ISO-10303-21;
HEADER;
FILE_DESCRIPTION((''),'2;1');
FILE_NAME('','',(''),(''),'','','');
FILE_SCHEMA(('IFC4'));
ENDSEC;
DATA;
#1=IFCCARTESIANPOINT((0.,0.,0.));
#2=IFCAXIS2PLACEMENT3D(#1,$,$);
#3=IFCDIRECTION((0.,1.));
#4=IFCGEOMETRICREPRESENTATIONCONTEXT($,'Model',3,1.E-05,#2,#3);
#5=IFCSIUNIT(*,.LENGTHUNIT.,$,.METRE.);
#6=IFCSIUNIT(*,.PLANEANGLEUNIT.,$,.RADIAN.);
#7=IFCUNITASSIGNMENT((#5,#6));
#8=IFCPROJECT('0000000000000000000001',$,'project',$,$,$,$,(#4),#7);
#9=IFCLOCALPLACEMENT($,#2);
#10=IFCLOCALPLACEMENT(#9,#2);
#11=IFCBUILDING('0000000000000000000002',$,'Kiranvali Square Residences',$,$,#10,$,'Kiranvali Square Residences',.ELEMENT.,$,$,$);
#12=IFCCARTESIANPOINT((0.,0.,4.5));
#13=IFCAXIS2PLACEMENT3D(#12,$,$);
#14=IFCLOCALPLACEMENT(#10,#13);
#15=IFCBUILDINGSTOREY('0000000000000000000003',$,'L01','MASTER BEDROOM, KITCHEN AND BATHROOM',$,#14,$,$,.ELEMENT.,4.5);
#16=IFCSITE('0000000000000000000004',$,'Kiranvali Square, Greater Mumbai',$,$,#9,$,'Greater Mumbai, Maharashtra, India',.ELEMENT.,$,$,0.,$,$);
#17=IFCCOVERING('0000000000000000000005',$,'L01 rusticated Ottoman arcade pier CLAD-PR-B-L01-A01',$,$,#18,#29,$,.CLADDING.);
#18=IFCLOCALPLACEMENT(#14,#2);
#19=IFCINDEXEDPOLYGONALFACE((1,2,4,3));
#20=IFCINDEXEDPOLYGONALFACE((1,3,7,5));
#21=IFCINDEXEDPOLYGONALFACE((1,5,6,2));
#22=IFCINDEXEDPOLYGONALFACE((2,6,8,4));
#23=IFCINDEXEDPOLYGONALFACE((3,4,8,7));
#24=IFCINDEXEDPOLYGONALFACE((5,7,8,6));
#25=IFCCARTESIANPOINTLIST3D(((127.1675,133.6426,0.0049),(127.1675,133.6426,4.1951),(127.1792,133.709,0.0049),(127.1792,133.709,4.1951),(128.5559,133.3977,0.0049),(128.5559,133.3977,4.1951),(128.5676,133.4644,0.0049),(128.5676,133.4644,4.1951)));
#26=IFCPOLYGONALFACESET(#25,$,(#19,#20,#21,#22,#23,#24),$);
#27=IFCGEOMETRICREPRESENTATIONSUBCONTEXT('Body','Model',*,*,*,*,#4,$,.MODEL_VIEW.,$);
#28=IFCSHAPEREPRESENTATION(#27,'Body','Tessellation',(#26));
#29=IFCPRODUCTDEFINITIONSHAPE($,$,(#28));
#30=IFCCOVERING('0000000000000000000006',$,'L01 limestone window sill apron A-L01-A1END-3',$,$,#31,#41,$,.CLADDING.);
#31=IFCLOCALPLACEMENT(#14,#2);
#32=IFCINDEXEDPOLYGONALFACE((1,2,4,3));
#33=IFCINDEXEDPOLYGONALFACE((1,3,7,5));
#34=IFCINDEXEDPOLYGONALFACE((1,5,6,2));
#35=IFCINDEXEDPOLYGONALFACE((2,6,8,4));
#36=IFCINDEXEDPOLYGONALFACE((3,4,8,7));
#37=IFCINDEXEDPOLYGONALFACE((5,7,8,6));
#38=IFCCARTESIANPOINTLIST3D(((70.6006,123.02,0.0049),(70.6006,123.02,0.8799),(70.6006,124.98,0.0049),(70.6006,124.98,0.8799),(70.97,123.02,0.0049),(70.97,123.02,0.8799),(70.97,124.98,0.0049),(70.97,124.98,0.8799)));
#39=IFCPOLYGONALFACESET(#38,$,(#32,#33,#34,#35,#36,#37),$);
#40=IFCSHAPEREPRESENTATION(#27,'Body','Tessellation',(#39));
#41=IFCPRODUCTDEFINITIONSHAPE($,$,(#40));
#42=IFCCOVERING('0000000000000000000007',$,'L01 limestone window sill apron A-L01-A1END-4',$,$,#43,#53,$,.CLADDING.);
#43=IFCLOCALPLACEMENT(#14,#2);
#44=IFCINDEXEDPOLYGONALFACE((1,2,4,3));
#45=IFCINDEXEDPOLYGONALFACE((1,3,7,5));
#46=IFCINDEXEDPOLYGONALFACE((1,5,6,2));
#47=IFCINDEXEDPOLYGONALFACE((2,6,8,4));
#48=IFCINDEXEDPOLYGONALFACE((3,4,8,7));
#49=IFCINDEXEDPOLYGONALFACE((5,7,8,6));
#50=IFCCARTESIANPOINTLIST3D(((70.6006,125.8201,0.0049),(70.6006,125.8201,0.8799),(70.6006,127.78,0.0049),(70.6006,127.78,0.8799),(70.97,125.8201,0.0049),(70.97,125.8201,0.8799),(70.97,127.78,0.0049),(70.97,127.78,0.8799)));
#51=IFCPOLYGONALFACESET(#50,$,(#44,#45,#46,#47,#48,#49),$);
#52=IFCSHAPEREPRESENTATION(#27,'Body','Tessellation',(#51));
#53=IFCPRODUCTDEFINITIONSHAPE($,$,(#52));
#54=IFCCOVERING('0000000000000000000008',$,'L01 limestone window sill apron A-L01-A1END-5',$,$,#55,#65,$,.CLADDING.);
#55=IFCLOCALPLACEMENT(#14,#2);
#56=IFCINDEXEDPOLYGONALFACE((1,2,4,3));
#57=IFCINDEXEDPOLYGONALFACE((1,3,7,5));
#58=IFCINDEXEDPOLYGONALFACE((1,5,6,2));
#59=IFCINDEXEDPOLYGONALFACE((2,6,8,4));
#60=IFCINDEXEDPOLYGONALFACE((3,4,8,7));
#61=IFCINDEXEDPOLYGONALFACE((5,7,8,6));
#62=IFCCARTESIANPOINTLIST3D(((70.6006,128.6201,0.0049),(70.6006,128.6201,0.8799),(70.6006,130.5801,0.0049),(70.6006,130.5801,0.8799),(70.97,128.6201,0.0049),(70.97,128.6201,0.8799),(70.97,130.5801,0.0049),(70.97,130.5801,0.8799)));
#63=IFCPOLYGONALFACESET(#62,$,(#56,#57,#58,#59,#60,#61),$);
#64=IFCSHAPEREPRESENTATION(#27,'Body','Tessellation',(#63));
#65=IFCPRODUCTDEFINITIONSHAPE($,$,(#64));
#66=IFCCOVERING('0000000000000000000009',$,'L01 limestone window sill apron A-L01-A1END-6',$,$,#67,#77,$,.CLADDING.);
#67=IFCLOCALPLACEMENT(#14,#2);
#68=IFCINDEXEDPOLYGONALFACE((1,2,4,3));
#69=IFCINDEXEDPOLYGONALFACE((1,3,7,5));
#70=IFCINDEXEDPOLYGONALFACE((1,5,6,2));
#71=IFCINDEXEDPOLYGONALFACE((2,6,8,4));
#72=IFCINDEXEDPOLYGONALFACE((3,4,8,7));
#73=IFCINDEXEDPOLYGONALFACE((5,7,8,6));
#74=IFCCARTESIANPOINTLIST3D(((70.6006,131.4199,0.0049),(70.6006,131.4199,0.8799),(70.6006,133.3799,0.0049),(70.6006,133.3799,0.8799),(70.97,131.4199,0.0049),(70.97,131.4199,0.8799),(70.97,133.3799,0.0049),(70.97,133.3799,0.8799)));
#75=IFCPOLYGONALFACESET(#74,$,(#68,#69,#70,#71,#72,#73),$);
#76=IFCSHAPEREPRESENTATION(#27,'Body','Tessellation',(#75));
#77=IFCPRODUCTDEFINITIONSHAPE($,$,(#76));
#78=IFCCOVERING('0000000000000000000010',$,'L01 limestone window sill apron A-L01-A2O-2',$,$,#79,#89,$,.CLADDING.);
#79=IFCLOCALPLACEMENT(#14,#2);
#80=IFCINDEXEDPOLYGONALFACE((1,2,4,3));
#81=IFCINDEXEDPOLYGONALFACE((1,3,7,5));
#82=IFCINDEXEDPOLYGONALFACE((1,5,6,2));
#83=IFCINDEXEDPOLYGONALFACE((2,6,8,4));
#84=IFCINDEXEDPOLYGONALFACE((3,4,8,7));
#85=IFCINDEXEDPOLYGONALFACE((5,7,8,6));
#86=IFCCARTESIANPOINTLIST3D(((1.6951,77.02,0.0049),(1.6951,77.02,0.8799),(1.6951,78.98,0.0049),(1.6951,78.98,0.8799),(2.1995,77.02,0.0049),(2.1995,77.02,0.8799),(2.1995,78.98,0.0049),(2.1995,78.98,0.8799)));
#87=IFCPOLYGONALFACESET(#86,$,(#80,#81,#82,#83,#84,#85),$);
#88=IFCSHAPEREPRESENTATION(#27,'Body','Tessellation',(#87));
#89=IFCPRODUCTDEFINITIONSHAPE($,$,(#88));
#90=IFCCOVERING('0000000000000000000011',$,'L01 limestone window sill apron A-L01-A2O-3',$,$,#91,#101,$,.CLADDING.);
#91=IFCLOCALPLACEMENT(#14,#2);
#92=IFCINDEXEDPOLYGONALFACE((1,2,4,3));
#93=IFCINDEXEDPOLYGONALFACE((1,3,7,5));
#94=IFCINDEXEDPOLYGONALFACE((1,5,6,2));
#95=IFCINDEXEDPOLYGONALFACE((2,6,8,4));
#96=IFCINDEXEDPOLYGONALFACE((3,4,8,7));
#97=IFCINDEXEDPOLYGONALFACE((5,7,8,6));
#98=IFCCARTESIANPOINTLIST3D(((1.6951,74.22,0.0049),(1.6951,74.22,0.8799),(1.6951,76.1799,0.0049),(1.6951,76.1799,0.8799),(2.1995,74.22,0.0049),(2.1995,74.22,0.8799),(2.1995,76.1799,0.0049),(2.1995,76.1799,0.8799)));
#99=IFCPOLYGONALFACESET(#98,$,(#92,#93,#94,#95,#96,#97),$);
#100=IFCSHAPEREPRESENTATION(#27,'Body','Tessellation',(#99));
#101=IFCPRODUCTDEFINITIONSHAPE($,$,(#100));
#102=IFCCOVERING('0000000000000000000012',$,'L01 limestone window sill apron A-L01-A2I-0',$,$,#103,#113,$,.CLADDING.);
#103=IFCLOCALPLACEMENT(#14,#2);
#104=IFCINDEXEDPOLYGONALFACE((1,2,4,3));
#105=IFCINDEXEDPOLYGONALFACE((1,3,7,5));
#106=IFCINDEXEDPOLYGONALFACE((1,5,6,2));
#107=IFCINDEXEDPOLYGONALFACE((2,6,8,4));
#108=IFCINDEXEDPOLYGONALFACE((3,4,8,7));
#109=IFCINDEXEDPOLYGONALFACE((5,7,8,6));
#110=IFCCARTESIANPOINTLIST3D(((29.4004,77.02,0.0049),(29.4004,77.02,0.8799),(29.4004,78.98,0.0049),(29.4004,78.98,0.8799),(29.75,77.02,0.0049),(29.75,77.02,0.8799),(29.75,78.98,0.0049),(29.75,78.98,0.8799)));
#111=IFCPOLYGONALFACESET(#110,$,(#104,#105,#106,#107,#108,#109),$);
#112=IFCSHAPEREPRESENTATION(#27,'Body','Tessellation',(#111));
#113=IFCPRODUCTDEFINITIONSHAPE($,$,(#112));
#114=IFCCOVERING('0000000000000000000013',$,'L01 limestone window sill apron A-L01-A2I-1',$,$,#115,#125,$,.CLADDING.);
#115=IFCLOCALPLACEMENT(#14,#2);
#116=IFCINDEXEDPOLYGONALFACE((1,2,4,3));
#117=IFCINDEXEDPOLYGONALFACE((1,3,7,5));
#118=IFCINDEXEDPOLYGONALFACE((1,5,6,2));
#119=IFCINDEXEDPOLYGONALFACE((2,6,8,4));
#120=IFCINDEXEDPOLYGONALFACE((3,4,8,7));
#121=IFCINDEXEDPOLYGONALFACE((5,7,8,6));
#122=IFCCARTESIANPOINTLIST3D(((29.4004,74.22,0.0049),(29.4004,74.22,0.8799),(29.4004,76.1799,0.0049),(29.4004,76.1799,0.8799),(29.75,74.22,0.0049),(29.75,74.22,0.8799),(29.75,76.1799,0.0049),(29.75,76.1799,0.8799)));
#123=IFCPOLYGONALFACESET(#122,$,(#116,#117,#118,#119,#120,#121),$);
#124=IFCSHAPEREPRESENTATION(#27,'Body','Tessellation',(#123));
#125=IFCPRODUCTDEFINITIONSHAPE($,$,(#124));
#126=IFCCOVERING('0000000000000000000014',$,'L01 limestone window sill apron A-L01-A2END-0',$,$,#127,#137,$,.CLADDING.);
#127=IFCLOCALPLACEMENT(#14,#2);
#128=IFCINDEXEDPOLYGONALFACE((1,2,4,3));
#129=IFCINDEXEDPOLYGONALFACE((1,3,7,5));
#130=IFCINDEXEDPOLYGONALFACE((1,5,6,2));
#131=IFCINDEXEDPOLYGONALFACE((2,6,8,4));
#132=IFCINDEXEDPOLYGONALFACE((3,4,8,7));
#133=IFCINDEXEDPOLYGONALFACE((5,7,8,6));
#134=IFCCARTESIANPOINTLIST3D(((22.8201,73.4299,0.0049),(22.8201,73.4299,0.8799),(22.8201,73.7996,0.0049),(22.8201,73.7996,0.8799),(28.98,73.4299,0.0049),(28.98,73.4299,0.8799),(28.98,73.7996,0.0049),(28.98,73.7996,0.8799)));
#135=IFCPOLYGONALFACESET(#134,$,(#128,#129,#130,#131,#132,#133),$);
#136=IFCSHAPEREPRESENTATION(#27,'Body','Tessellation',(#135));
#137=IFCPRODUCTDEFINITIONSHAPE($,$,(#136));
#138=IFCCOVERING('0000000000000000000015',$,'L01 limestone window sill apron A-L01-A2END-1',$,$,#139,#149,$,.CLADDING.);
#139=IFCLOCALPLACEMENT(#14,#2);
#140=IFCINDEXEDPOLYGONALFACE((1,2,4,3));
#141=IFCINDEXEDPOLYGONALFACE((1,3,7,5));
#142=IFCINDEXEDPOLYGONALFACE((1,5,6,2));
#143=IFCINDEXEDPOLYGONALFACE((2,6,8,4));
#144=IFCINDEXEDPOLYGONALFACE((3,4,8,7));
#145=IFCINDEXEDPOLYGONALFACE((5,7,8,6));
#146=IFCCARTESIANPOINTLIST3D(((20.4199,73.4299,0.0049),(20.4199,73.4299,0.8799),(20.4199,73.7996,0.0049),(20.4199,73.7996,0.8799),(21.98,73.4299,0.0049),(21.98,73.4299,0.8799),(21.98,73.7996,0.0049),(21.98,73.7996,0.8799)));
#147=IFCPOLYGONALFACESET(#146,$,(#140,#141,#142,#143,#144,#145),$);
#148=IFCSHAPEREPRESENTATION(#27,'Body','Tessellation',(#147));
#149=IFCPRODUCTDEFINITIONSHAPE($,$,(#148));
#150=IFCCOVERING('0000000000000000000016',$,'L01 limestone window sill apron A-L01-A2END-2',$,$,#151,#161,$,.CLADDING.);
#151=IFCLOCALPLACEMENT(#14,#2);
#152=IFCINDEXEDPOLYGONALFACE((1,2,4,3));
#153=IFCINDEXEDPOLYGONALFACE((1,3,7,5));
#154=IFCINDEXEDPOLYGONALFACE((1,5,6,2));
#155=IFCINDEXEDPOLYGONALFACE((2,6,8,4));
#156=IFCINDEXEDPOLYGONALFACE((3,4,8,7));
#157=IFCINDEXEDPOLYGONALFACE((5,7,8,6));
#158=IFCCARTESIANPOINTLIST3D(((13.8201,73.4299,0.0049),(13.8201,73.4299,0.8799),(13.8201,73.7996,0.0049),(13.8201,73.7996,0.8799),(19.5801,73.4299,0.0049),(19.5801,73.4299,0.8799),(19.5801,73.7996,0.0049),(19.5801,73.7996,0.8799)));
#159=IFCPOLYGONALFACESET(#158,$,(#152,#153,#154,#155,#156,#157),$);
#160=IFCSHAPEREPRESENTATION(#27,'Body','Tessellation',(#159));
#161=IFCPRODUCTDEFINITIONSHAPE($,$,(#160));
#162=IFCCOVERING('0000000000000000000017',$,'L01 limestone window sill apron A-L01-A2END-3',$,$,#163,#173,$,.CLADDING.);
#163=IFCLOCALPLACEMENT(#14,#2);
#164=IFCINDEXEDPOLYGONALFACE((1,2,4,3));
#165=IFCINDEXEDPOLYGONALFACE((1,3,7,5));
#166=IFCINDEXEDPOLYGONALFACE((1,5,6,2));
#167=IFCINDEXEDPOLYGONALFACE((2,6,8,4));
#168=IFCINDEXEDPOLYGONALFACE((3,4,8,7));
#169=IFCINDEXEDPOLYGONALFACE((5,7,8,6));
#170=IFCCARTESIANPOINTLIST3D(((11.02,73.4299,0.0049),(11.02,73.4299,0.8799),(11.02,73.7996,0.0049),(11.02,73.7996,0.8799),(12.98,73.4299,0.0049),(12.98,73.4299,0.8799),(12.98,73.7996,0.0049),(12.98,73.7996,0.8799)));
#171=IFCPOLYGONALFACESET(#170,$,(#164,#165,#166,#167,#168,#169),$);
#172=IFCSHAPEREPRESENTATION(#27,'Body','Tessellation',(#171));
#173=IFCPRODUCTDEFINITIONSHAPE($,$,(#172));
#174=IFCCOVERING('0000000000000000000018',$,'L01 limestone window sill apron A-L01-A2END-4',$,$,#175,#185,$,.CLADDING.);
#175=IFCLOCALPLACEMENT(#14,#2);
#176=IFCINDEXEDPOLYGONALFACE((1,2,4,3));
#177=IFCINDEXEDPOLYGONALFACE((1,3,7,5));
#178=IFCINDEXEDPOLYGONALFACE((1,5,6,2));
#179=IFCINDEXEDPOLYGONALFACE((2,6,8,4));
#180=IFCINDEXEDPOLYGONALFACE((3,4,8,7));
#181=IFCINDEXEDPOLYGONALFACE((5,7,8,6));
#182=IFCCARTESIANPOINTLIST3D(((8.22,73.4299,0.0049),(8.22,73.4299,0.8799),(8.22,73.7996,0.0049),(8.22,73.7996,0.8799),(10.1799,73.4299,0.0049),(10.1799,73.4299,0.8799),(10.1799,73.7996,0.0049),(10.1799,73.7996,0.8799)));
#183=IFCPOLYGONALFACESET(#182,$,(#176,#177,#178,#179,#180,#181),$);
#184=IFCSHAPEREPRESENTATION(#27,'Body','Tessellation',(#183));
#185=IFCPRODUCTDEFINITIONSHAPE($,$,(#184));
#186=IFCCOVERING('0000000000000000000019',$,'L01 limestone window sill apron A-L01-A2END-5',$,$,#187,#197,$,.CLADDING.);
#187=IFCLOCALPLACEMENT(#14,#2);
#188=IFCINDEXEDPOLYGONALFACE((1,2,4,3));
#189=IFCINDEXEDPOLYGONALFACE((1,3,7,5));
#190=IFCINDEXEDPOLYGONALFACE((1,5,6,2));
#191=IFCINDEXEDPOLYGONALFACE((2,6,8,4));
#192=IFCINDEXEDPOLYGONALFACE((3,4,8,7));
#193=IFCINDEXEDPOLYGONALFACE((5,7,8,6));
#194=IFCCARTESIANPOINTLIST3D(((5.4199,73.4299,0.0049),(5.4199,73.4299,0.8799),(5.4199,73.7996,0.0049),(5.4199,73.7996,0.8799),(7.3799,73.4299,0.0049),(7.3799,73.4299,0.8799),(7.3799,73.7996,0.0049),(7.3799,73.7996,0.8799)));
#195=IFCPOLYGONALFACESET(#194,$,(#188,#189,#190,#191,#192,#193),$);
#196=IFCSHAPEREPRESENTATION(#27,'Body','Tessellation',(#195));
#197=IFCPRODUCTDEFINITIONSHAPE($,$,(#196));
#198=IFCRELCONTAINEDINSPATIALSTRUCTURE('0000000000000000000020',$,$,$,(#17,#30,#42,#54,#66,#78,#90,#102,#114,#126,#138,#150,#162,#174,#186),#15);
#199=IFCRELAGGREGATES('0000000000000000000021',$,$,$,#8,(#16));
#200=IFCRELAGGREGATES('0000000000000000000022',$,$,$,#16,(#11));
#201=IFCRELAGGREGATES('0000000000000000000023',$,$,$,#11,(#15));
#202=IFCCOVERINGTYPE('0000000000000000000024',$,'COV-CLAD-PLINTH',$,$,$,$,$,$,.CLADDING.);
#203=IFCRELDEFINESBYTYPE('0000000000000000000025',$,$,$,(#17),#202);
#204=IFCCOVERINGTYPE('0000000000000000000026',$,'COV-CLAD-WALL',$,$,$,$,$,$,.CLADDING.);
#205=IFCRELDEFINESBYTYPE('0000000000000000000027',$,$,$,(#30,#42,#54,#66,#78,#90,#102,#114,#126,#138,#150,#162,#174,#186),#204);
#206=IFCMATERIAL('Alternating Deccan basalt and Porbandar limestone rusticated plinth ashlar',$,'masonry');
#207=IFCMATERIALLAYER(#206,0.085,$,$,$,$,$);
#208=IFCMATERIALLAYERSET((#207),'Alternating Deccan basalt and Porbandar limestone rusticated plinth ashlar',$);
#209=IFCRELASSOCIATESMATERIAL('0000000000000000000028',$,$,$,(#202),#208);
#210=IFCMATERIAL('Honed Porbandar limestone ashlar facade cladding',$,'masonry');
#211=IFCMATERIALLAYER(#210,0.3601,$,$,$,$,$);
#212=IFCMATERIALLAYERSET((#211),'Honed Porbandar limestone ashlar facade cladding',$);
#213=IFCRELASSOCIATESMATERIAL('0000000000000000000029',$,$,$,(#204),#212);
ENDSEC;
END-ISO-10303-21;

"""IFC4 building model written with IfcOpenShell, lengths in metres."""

from ifc_helpers import new_model, si_unit, direction, frame, origin, place, context, subcontext, project, spatial, polyline, outline, extrude, material, layer, layer_set, type_object, element, save


model = new_model("IFC4")

# Units and contexts
model_context = context("Model", 3, precision=1e-05, world=origin(), true_north=direction((0.0, 1.0)))
body_context = subcontext(model_context, "Body", "Model", "MODEL_VIEW")
ifc_project = project(units=[si_unit("LENGTHUNIT", "METRE"), si_unit("PLANEANGLEUNIT", "RADIAN")], contexts=[model_context])

# Site, building, storey
site_placement = place(None, origin())
site = spatial("IfcSite", under=ifc_project, at=site_placement, Name="Kiranvali Square, Greater Mumbai", LongName="Greater Mumbai, Maharashtra, India", CompositionType="ELEMENT", RefElevation=0.0)
building_placement = place(site_placement, origin())
building = spatial("IfcBuilding", under=site, at=building_placement, Name="Kiranvali Square Residences", LongName="Kiranvali Square Residences", CompositionType="ELEMENT")
storey_placement = place(building_placement, frame((0.0, 0.0, 4.5)))
storey = spatial("IfcBuildingStorey", under=building, at=storey_placement, Name="L01", Description="MASTER BEDROOM, KITCHEN AND BATHROOM", CompositionType="ELEMENT", Elevation=4.5)

# Coverings
ifc_material_1 = material(Name="Honed Porbandar limestone ashlar facade cladding", Category="masonry")
ifc_material_2 = material(Name="Alternating Deccan basalt and Porbandar limestone rusticated plinth ashlar", Category="masonry")
ifc_layer_1 = layer(ifc_material_2, 0.085)
ifc_layer_set_1 = layer_set([ifc_layer_1], Name="Alternating Deccan basalt and Porbandar limestone rusticated plinth ashlar")
covering_type_1 = type_object("IfcCoveringType", Name="COV-CLAD-PLINTH", PredefinedType="CLADDING", material=ifc_layer_set_1)
covering_1_placement = place(storey_placement, frame((0.0, 0.0, 0.0049)))
element("IfcCovering", 1, at=covering_1_placement, inside=storey, type_object=covering_type_1, Name="L01 rusticated Ottoman arcade pier CLAD-PR-B-L01-A01", PredefinedType="CLADDING", context=body_context, shape_type="SweptSolid", body=[
    extrude(outline(polyline([(128.5676, 133.4644), (127.1792, 133.709), (127.1675, 133.6426), (128.5559, 133.3977), (128.5676, 133.4644)])), origin(), (0.0, 0.0, 1.0), 4.1902),
])
ifc_layer_2 = layer(ifc_material_1, 0.3601)
ifc_layer_set_2 = layer_set([ifc_layer_2], Name="Honed Porbandar limestone ashlar facade cladding")
covering_type_2 = type_object("IfcCoveringType", Name="COV-CLAD-WALL", PredefinedType="CLADDING", material=ifc_layer_set_2)
covering_2_placement = place(storey_placement, frame((0.0, 0.0, 0.0049)))
element("IfcCovering", 2, at=covering_2_placement, inside=storey, type_object=covering_type_2, Name="L01 limestone window sill apron A-L01-A1END-3", PredefinedType="CLADDING", context=body_context, shape_type="SweptSolid", body=[
    extrude(outline(polyline([(70.97, 123.02), (70.97, 124.98), (70.6006, 124.98), (70.6006, 123.02), (70.97, 123.02)])), origin(), (0.0, 0.0, 1.0), 0.875),
])
covering_3_placement = place(storey_placement, frame((0.0, 0.0, 0.0049)))
element("IfcCovering", 3, at=covering_3_placement, inside=storey, type_object=covering_type_2, Name="L01 limestone window sill apron A-L01-A1END-4", PredefinedType="CLADDING", context=body_context, shape_type="SweptSolid", body=[
    extrude(outline(polyline([(70.97, 125.8201), (70.97, 127.78), (70.6006, 127.78), (70.6006, 125.8201), (70.97, 125.8201)])), origin(), (0.0, 0.0, 1.0), 0.875),
])
covering_4_placement = place(storey_placement, frame((0.0, 0.0, 0.0049)))
element("IfcCovering", 4, at=covering_4_placement, inside=storey, type_object=covering_type_2, Name="L01 limestone window sill apron A-L01-A1END-5", PredefinedType="CLADDING", context=body_context, shape_type="SweptSolid", body=[
    extrude(outline(polyline([(70.97, 128.6201), (70.97, 130.5801), (70.6006, 130.5801), (70.6006, 128.6201), (70.97, 128.6201)])), origin(), (0.0, 0.0, 1.0), 0.875),
])
covering_5_placement = place(storey_placement, frame((0.0, 0.0, 0.0049)))
element("IfcCovering", 5, at=covering_5_placement, inside=storey, type_object=covering_type_2, Name="L01 limestone window sill apron A-L01-A1END-6", PredefinedType="CLADDING", context=body_context, shape_type="SweptSolid", body=[
    extrude(outline(polyline([(70.97, 131.4199), (70.97, 133.3799), (70.6006, 133.3799), (70.6006, 131.4199), (70.97, 131.4199)])), origin(), (0.0, 0.0, 1.0), 0.875),
])
covering_6_placement = place(storey_placement, frame((0.0, 0.0, 0.0049)))
element("IfcCovering", 6, at=covering_6_placement, inside=storey, type_object=covering_type_2, Name="L01 limestone window sill apron A-L01-A2O-2", PredefinedType="CLADDING", context=body_context, shape_type="SweptSolid", body=[
    extrude(outline(polyline([(1.6951, 78.98), (1.6951, 77.02), (2.1995, 77.02), (2.1995, 78.98), (1.6951, 78.98)])), origin(), (0.0, 0.0, 1.0), 0.875),
])
covering_7_placement = place(storey_placement, frame((0.0, 0.0, 0.0049)))
element("IfcCovering", 7, at=covering_7_placement, inside=storey, type_object=covering_type_2, Name="L01 limestone window sill apron A-L01-A2O-3", PredefinedType="CLADDING", context=body_context, shape_type="SweptSolid", body=[
    extrude(outline(polyline([(1.6951, 76.1799), (1.6951, 74.22), (2.1995, 74.22), (2.1995, 76.1799), (1.6951, 76.1799)])), origin(), (0.0, 0.0, 1.0), 0.875),
])
covering_8_placement = place(storey_placement, frame((0.0, 0.0, 0.0049)))
element("IfcCovering", 8, at=covering_8_placement, inside=storey, type_object=covering_type_2, Name="L01 limestone window sill apron A-L01-A2I-0", PredefinedType="CLADDING", context=body_context, shape_type="SweptSolid", body=[
    extrude(outline(polyline([(29.4004, 78.98), (29.4004, 77.02), (29.75, 77.02), (29.75, 78.98), (29.4004, 78.98)])), origin(), (0.0, 0.0, 1.0), 0.875),
])
covering_9_placement = place(storey_placement, frame((0.0, 0.0, 0.0049)))
element("IfcCovering", 9, at=covering_9_placement, inside=storey, type_object=covering_type_2, Name="L01 limestone window sill apron A-L01-A2I-1", PredefinedType="CLADDING", context=body_context, shape_type="SweptSolid", body=[
    extrude(outline(polyline([(29.4004, 76.1799), (29.4004, 74.22), (29.75, 74.22), (29.75, 76.1799), (29.4004, 76.1799)])), origin(), (0.0, 0.0, 1.0), 0.875),
])
covering_10_placement = place(storey_placement, frame((0.0, 0.0, 0.0049)))
element("IfcCovering", 10, at=covering_10_placement, inside=storey, type_object=covering_type_2, Name="L01 limestone window sill apron A-L01-A2END-0", PredefinedType="CLADDING", context=body_context, shape_type="SweptSolid", body=[
    extrude(outline(polyline([(28.98, 73.7996), (22.8201, 73.7996), (22.8201, 73.4299), (28.98, 73.4299), (28.98, 73.7996)])), origin(), (0.0, 0.0, 1.0), 0.875),
])
covering_11_placement = place(storey_placement, frame((0.0, 0.0, 0.0049)))
element("IfcCovering", 11, at=covering_11_placement, inside=storey, type_object=covering_type_2, Name="L01 limestone window sill apron A-L01-A2END-1", PredefinedType="CLADDING", context=body_context, shape_type="SweptSolid", body=[
    extrude(outline(polyline([(21.98, 73.7996), (20.4199, 73.7996), (20.4199, 73.4299), (21.98, 73.4299), (21.98, 73.7996)])), origin(), (0.0, 0.0, 1.0), 0.875),
])
covering_12_placement = place(storey_placement, frame((0.0, 0.0, 0.0049)))
element("IfcCovering", 12, at=covering_12_placement, inside=storey, type_object=covering_type_2, Name="L01 limestone window sill apron A-L01-A2END-2", PredefinedType="CLADDING", context=body_context, shape_type="SweptSolid", body=[
    extrude(outline(polyline([(19.5801, 73.7996), (13.8201, 73.7996), (13.8201, 73.4299), (19.5801, 73.4299), (19.5801, 73.7996)])), origin(), (0.0, 0.0, 1.0), 0.875),
])
covering_13_placement = place(storey_placement, frame((0.0, 0.0, 0.0049)))
element("IfcCovering", 13, at=covering_13_placement, inside=storey, type_object=covering_type_2, Name="L01 limestone window sill apron A-L01-A2END-3", PredefinedType="CLADDING", context=body_context, shape_type="SweptSolid", body=[
    extrude(outline(polyline([(12.98, 73.7996), (11.02, 73.7996), (11.02, 73.4299), (12.98, 73.4299), (12.98, 73.7996)])), origin(), (0.0, 0.0, 1.0), 0.875),
])
covering_14_placement = place(storey_placement, frame((0.0, 0.0, 0.0049)))
element("IfcCovering", 14, at=covering_14_placement, inside=storey, type_object=covering_type_2, Name="L01 limestone window sill apron A-L01-A2END-4", PredefinedType="CLADDING", context=body_context, shape_type="SweptSolid", body=[
    extrude(outline(polyline([(10.1799, 73.7996), (8.22, 73.7996), (8.22, 73.4299), (10.1799, 73.4299), (10.1799, 73.7996)])), origin(), (0.0, 0.0, 1.0), 0.875),
])
covering_15_placement = place(storey_placement, frame((0.0, 0.0, 0.0049)))
element("IfcCovering", 15, at=covering_15_placement, inside=storey, type_object=covering_type_2, Name="L01 limestone window sill apron A-L01-A2END-5", PredefinedType="CLADDING", context=body_context, shape_type="SweptSolid", body=[
    extrude(outline(polyline([(7.3799, 73.7996), (5.4199, 73.7996), (5.4199, 73.4299), (7.3799, 73.4299), (7.3799, 73.7996)])), origin(), (0.0, 0.0, 1.0), 0.875),
])

save(model, "model.ifc")
